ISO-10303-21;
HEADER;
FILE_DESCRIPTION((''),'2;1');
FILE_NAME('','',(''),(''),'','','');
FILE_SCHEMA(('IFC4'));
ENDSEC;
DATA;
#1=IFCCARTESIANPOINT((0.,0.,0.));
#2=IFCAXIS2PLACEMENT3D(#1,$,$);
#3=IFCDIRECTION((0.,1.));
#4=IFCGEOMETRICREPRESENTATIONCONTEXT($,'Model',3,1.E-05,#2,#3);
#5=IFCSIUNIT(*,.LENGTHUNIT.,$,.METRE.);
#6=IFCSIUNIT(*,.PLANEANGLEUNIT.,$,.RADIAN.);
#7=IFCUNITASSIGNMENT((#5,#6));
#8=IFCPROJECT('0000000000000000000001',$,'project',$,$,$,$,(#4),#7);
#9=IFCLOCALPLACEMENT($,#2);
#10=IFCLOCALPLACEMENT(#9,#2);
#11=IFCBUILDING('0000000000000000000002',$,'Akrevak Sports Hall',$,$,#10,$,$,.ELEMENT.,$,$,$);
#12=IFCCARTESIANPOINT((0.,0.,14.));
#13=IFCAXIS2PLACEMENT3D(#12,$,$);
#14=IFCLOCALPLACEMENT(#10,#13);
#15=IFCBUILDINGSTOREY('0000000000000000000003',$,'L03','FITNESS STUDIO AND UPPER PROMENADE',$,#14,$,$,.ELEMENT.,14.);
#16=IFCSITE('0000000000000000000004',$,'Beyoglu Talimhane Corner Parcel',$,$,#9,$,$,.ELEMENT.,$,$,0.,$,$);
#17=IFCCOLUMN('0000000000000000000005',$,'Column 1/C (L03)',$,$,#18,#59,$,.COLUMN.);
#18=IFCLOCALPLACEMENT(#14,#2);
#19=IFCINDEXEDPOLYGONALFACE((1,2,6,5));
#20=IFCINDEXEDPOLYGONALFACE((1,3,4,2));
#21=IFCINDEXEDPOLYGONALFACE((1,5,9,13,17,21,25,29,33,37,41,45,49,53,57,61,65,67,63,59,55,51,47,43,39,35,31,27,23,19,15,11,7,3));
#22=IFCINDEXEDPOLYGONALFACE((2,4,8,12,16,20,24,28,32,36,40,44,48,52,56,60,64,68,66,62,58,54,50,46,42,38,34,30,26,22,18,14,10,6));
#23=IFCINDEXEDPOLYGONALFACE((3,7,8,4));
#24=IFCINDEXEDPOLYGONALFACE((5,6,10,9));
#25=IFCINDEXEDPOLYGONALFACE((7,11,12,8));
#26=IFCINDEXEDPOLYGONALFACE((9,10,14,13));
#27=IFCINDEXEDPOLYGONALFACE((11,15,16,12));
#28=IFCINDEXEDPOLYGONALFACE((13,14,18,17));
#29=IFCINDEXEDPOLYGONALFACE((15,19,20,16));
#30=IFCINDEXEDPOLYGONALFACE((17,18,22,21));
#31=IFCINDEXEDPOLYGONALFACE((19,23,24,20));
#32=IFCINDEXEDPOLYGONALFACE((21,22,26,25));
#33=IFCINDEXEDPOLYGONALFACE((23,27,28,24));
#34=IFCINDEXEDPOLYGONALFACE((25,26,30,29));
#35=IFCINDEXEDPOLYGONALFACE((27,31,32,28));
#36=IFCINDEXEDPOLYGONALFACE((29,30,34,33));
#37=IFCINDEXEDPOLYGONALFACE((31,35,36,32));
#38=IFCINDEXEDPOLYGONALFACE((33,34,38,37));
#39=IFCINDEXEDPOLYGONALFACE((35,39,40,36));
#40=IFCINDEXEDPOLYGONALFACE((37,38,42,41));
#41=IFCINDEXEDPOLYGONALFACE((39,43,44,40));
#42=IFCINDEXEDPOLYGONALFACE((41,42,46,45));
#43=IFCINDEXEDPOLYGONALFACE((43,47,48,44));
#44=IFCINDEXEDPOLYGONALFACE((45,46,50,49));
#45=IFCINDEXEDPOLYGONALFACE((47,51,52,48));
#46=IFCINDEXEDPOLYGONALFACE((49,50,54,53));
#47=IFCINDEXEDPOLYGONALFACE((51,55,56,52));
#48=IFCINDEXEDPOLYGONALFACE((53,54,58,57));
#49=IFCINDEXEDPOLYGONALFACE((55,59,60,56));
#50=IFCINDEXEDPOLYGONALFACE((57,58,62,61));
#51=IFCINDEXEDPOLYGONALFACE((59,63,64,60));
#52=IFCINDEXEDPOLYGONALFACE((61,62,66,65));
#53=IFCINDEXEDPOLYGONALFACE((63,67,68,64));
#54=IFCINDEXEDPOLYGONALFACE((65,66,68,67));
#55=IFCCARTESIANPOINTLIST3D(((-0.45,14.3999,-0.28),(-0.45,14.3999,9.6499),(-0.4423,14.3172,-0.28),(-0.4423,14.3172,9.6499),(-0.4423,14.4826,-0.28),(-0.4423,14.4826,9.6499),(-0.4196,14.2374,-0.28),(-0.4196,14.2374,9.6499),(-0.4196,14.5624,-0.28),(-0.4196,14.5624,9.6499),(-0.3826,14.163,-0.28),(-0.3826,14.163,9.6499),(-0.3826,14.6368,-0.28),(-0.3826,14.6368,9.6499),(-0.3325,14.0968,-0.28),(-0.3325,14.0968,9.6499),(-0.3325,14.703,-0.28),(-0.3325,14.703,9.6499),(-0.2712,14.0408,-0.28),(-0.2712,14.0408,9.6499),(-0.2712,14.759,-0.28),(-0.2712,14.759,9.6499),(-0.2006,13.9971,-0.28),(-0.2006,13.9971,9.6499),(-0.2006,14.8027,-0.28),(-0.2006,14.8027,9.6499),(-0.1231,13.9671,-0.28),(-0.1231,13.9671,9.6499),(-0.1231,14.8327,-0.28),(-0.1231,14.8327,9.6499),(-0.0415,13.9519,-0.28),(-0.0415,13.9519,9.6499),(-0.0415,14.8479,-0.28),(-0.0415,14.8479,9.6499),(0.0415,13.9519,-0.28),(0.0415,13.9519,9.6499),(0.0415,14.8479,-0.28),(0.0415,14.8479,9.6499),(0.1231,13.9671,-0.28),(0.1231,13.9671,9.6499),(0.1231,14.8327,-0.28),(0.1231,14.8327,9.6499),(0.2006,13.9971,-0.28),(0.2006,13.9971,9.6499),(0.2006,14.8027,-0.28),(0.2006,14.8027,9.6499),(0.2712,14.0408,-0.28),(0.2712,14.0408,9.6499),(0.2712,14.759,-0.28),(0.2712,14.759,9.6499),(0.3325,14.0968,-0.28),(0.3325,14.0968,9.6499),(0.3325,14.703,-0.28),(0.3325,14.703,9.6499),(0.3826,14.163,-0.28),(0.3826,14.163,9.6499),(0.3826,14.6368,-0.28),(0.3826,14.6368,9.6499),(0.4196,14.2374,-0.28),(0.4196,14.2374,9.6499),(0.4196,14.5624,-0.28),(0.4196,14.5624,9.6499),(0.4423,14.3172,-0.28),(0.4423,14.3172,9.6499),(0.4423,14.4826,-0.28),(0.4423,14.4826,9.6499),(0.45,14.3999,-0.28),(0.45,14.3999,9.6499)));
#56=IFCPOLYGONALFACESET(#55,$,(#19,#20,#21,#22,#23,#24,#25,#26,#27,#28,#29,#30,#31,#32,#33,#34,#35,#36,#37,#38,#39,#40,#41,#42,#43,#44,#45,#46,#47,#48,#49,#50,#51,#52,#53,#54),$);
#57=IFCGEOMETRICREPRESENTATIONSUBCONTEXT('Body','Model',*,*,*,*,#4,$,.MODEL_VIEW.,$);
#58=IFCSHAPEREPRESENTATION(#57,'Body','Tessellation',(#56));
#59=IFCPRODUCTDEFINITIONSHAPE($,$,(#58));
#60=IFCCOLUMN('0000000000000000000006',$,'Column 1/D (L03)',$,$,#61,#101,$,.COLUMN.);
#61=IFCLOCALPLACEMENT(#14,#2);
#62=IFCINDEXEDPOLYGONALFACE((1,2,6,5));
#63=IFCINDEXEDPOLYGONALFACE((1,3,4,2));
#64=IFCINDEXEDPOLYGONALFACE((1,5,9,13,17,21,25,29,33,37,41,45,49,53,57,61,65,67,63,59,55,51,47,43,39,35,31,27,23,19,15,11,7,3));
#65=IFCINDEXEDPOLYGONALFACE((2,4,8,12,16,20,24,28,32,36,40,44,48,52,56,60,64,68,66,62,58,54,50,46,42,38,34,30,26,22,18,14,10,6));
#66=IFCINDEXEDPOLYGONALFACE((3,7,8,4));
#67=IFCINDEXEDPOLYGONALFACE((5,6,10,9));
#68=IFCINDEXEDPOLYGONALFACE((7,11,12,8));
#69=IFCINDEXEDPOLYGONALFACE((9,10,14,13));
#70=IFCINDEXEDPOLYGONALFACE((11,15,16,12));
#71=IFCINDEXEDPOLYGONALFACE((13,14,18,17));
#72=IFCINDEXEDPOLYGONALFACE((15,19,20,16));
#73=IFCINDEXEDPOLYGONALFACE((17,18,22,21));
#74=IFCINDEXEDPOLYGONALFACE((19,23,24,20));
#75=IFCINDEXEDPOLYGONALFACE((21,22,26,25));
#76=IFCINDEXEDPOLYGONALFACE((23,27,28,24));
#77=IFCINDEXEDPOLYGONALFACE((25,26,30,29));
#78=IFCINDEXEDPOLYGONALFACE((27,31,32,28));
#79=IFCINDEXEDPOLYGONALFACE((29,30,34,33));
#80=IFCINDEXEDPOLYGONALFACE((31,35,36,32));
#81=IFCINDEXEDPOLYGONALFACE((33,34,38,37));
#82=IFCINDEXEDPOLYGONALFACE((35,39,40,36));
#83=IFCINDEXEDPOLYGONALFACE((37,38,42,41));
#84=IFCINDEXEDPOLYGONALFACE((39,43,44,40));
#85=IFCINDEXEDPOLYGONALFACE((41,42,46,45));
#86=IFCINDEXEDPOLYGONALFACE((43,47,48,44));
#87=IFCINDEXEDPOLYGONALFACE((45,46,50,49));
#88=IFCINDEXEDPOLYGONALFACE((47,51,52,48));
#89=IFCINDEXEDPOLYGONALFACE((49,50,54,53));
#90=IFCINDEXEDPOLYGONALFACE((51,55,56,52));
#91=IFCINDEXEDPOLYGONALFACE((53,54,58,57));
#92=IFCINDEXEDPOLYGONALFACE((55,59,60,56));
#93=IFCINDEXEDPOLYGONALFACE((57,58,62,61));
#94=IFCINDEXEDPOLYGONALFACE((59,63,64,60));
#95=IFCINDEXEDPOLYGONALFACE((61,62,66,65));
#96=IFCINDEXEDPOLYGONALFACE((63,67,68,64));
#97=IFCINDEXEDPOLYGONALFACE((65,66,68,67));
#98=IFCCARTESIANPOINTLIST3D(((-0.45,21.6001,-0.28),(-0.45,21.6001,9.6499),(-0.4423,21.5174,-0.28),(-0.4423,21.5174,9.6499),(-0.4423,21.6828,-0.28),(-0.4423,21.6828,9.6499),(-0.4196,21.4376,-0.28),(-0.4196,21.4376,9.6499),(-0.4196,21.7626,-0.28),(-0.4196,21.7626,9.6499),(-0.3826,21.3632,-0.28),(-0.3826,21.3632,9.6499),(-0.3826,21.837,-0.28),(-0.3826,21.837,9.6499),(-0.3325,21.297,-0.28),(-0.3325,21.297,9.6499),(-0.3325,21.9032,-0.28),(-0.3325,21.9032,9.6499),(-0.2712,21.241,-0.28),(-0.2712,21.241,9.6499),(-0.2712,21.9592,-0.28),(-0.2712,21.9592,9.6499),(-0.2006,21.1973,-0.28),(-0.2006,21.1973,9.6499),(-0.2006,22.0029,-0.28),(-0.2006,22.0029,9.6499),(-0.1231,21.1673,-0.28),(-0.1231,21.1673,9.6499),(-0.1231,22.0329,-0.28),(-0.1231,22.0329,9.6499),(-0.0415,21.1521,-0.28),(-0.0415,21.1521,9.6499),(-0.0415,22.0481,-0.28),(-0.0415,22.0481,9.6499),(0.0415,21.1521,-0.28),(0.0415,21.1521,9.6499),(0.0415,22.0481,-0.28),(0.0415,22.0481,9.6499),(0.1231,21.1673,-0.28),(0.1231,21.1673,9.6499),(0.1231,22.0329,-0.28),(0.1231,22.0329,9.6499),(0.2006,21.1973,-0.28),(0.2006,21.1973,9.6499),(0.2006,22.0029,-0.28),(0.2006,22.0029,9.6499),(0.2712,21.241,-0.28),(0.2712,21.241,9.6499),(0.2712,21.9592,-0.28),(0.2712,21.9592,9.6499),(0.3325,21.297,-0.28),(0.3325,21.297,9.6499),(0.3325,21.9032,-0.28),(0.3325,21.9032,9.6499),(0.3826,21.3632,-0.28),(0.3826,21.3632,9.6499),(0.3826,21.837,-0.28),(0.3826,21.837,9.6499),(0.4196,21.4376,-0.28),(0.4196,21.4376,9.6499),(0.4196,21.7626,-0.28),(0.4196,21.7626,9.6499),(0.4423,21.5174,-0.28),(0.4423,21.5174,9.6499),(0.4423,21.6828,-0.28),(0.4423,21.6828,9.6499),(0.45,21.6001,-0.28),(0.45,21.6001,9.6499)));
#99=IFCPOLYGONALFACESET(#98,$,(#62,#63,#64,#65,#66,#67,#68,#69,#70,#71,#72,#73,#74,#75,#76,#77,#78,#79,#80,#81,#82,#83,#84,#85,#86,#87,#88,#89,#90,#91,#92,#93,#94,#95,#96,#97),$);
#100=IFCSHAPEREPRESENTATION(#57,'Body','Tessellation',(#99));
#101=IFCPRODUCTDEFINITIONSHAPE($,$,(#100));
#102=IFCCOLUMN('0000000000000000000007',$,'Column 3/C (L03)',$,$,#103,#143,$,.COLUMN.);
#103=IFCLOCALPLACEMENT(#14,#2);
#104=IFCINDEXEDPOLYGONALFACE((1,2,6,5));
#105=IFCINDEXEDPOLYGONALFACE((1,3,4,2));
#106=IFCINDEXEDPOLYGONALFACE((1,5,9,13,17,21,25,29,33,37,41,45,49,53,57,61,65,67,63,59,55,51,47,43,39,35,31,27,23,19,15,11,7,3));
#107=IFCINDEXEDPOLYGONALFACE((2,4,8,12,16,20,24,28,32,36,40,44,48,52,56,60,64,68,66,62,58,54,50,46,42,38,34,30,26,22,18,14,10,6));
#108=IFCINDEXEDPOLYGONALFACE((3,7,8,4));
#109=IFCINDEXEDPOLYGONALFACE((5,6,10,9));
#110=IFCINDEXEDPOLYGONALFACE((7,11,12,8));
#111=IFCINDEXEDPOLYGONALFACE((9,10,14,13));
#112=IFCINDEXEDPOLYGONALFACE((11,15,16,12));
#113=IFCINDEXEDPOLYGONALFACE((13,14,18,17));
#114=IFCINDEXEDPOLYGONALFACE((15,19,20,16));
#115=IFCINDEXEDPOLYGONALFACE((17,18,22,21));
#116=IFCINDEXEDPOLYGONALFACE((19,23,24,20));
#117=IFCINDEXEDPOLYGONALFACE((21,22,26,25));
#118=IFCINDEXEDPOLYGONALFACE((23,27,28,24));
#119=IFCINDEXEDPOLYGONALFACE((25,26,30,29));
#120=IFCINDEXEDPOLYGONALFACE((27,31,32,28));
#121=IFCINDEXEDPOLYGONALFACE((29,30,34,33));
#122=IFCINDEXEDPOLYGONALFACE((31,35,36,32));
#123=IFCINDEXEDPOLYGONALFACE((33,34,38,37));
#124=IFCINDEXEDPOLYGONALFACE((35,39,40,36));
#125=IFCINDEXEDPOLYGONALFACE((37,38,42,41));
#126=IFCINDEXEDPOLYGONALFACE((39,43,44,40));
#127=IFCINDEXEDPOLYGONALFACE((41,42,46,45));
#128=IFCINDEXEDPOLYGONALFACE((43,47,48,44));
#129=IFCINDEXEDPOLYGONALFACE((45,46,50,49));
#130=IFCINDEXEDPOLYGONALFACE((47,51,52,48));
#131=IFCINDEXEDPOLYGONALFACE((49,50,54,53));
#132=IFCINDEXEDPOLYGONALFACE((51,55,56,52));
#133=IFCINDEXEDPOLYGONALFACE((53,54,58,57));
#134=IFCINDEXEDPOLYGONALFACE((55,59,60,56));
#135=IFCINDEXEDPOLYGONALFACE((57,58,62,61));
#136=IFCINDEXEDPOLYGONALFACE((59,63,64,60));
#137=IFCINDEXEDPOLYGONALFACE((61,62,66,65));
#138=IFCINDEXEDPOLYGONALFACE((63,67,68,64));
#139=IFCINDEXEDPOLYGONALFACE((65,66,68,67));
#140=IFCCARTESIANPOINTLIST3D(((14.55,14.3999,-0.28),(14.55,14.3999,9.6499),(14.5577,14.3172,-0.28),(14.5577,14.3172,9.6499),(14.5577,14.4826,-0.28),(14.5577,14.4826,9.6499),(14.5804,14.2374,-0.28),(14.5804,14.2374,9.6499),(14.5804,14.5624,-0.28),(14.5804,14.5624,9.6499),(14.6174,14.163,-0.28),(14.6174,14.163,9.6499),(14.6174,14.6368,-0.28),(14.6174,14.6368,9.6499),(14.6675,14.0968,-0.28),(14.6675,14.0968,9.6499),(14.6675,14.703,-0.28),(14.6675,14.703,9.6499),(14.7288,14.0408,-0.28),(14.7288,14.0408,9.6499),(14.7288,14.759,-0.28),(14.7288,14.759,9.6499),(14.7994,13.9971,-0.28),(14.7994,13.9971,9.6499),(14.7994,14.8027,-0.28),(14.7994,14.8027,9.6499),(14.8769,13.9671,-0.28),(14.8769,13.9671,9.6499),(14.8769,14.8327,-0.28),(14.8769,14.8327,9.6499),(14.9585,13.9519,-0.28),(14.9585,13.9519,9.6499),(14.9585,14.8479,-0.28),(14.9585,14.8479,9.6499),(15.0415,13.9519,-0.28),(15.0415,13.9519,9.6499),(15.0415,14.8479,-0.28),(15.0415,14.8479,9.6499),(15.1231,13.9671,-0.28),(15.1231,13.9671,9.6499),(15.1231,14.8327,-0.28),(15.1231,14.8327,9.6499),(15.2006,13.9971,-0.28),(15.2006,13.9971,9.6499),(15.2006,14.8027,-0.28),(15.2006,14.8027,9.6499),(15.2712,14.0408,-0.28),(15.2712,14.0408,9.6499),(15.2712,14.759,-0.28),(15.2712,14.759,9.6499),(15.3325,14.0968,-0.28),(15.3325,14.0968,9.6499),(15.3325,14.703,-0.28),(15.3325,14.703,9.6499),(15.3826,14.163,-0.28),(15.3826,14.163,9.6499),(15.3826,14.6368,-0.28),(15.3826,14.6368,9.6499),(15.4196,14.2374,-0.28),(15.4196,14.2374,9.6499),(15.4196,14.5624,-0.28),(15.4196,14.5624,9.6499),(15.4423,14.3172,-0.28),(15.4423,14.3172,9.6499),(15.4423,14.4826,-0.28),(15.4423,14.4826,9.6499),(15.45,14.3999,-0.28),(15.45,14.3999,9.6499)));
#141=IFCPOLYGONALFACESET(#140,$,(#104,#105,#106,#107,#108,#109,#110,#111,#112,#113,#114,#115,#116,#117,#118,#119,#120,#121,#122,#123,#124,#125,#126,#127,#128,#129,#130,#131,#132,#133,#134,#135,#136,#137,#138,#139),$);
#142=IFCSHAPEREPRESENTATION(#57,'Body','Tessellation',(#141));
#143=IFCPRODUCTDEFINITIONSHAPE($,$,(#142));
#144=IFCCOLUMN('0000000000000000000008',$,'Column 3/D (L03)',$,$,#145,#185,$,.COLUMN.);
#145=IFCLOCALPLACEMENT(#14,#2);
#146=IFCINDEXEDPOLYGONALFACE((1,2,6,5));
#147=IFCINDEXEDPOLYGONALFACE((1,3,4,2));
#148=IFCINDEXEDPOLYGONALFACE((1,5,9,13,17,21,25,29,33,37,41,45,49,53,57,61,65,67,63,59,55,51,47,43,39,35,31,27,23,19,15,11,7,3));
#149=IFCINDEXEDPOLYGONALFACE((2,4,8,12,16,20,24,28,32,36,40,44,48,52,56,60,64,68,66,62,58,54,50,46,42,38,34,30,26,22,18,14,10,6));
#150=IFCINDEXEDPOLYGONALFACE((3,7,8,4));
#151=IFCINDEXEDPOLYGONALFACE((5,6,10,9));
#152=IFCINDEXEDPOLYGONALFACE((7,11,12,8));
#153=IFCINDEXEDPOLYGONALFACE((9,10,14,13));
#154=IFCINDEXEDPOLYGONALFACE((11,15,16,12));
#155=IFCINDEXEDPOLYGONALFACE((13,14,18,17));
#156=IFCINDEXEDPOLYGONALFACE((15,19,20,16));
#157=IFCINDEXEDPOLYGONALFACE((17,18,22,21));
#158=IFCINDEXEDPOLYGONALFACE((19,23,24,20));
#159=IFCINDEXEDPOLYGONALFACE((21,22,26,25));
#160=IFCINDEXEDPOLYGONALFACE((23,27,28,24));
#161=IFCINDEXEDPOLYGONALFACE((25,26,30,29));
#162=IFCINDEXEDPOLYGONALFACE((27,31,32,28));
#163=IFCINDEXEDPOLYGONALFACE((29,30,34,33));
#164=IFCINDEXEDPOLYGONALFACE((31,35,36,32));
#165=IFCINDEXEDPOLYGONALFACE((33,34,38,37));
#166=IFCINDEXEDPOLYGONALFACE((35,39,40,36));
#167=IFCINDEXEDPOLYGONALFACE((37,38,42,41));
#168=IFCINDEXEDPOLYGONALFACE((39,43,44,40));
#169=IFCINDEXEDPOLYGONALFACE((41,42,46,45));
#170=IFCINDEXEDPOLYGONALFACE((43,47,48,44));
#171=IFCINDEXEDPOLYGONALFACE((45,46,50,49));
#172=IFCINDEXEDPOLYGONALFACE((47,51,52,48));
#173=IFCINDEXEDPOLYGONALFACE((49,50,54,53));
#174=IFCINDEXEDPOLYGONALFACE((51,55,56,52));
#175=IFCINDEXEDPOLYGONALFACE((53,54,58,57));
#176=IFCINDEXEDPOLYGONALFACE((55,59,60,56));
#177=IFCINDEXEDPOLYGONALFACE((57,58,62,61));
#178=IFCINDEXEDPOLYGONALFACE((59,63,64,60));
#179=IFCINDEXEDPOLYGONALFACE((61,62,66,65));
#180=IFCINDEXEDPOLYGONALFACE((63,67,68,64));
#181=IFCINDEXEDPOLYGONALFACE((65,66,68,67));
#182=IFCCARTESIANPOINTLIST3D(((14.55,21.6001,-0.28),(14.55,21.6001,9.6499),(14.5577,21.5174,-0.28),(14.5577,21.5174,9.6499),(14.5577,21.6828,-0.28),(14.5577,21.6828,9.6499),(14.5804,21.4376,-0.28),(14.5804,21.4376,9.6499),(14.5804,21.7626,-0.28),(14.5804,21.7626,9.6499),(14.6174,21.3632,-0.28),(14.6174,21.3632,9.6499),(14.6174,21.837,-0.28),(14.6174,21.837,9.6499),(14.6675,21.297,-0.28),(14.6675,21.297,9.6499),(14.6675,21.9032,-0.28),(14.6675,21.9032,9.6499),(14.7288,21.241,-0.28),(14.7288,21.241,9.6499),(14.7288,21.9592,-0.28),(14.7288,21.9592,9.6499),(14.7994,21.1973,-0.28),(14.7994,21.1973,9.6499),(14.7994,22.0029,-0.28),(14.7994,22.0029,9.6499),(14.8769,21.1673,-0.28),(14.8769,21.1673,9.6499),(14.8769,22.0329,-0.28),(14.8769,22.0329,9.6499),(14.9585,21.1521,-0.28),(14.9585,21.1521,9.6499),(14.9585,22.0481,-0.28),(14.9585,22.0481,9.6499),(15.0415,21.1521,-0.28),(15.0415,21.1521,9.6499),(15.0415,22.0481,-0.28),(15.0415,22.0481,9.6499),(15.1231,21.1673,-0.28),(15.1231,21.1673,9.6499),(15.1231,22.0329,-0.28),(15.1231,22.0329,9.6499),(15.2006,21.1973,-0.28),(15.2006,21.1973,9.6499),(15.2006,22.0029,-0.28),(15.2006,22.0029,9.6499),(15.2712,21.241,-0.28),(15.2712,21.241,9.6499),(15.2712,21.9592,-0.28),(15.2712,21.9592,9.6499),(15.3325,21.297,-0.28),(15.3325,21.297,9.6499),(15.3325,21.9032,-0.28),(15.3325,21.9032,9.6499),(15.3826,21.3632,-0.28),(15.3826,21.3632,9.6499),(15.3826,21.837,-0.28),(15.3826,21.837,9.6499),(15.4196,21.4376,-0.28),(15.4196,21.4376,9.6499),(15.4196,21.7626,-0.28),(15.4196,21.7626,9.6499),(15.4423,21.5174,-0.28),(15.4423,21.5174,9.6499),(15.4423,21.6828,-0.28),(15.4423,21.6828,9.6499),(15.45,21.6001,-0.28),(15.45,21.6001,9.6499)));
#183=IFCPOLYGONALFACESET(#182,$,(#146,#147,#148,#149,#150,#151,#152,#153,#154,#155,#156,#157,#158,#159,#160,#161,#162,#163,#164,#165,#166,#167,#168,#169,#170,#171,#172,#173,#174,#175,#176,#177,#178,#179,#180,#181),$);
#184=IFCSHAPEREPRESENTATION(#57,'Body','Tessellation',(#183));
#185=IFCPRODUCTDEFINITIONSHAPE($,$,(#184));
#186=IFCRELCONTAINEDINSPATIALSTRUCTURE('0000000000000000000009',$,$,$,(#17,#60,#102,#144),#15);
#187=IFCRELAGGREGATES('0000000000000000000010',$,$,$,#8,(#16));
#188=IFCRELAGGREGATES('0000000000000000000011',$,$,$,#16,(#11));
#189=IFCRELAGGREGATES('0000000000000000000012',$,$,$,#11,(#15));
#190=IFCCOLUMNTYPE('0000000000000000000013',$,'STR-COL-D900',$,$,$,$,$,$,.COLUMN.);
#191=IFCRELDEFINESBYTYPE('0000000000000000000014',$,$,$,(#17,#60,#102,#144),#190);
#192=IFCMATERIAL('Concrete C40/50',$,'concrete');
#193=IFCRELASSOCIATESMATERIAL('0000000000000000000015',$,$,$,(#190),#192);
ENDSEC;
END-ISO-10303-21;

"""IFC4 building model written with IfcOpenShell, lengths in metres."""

from ifc_helpers import new_model, si_unit, direction, frame, origin, origin_2d, place, context, subcontext, project, spatial, circle, extrude, material, material_profile, profile_set, type_object, element, save


model = new_model("IFC4")

# Units and contexts
model_context = context("Model", 3, precision=1e-05, world=origin(), true_north=direction((0.0, 1.0)))
body_context = subcontext(model_context, "Body", "Model", "MODEL_VIEW")
ifc_project = project(units=[si_unit("LENGTHUNIT", "METRE"), si_unit("PLANEANGLEUNIT", "RADIAN")], contexts=[model_context])

# Site, building, storey
site_placement = place(None, origin())
site = spatial("IfcSite", under=ifc_project, at=site_placement, Name="Beyoglu Talimhane Corner Parcel", CompositionType="ELEMENT", RefElevation=0.0)
building_placement = place(site_placement, origin())
building = spatial("IfcBuilding", under=site, at=building_placement, Name="Akrevak Sports Hall", CompositionType="ELEMENT")
storey_placement = place(building_placement, frame((0.0, 0.0, 14.0)))
storey = spatial("IfcBuildingStorey", under=building, at=storey_placement, Name="L03", Description="FITNESS STUDIO AND UPPER PROMENADE", CompositionType="ELEMENT", Elevation=14.0)

# Columns
ifc_material_1 = material(Name="Concrete C40/50", Category="concrete")
ifc_material_profile_1 = material_profile(ifc_material_1, circle(Radius=0.45, at=origin_2d()), Name="COL D900", Category="concrete")
ifc_profile_set_1 = profile_set([ifc_material_profile_1], Name="Concrete C40/50")
column_type = type_object("IfcColumnType", Name="STR-COL-D900", PredefinedType="COLUMN", material=ifc_profile_set_1)
for number, where, z_axis, x_axis, name in (
    (1, (0.0, 14.3999, -0.28), (0.0, 0.0, 1.0), (1.0, 0.0, 0.0), "Column 1/C (L03)"),
    (2, (0.0, 21.6001, -0.28), (0.0, 0.0, 1.0), (1.0, 0.0, 0.0), "Column 1/D (L03)"),
    (3, (15.0, 14.3999, -0.28), (0.0, 0.0, 1.0), (1.0, 0.0, 0.0), "Column 3/C (L03)"),
    (4, (15.0, 21.6001, -0.28), (0.0, 0.0, 1.0), (1.0, 0.0, 0.0), "Column 3/D (L03)"),
):
    element("IfcColumn", number, at=place(storey_placement, frame(where, z_axis=z_axis, x_axis=x_axis)), inside=storey, type_object=column_type, Name=name, PredefinedType="COLUMN", context=body_context, shape_type="SweptSolid", body=[
        extrude(circle(Radius=0.45, at=origin_2d()), origin(), (0.0, 0.0, 1.0), 9.9299),
    ])

save(model, "model.ifc")
